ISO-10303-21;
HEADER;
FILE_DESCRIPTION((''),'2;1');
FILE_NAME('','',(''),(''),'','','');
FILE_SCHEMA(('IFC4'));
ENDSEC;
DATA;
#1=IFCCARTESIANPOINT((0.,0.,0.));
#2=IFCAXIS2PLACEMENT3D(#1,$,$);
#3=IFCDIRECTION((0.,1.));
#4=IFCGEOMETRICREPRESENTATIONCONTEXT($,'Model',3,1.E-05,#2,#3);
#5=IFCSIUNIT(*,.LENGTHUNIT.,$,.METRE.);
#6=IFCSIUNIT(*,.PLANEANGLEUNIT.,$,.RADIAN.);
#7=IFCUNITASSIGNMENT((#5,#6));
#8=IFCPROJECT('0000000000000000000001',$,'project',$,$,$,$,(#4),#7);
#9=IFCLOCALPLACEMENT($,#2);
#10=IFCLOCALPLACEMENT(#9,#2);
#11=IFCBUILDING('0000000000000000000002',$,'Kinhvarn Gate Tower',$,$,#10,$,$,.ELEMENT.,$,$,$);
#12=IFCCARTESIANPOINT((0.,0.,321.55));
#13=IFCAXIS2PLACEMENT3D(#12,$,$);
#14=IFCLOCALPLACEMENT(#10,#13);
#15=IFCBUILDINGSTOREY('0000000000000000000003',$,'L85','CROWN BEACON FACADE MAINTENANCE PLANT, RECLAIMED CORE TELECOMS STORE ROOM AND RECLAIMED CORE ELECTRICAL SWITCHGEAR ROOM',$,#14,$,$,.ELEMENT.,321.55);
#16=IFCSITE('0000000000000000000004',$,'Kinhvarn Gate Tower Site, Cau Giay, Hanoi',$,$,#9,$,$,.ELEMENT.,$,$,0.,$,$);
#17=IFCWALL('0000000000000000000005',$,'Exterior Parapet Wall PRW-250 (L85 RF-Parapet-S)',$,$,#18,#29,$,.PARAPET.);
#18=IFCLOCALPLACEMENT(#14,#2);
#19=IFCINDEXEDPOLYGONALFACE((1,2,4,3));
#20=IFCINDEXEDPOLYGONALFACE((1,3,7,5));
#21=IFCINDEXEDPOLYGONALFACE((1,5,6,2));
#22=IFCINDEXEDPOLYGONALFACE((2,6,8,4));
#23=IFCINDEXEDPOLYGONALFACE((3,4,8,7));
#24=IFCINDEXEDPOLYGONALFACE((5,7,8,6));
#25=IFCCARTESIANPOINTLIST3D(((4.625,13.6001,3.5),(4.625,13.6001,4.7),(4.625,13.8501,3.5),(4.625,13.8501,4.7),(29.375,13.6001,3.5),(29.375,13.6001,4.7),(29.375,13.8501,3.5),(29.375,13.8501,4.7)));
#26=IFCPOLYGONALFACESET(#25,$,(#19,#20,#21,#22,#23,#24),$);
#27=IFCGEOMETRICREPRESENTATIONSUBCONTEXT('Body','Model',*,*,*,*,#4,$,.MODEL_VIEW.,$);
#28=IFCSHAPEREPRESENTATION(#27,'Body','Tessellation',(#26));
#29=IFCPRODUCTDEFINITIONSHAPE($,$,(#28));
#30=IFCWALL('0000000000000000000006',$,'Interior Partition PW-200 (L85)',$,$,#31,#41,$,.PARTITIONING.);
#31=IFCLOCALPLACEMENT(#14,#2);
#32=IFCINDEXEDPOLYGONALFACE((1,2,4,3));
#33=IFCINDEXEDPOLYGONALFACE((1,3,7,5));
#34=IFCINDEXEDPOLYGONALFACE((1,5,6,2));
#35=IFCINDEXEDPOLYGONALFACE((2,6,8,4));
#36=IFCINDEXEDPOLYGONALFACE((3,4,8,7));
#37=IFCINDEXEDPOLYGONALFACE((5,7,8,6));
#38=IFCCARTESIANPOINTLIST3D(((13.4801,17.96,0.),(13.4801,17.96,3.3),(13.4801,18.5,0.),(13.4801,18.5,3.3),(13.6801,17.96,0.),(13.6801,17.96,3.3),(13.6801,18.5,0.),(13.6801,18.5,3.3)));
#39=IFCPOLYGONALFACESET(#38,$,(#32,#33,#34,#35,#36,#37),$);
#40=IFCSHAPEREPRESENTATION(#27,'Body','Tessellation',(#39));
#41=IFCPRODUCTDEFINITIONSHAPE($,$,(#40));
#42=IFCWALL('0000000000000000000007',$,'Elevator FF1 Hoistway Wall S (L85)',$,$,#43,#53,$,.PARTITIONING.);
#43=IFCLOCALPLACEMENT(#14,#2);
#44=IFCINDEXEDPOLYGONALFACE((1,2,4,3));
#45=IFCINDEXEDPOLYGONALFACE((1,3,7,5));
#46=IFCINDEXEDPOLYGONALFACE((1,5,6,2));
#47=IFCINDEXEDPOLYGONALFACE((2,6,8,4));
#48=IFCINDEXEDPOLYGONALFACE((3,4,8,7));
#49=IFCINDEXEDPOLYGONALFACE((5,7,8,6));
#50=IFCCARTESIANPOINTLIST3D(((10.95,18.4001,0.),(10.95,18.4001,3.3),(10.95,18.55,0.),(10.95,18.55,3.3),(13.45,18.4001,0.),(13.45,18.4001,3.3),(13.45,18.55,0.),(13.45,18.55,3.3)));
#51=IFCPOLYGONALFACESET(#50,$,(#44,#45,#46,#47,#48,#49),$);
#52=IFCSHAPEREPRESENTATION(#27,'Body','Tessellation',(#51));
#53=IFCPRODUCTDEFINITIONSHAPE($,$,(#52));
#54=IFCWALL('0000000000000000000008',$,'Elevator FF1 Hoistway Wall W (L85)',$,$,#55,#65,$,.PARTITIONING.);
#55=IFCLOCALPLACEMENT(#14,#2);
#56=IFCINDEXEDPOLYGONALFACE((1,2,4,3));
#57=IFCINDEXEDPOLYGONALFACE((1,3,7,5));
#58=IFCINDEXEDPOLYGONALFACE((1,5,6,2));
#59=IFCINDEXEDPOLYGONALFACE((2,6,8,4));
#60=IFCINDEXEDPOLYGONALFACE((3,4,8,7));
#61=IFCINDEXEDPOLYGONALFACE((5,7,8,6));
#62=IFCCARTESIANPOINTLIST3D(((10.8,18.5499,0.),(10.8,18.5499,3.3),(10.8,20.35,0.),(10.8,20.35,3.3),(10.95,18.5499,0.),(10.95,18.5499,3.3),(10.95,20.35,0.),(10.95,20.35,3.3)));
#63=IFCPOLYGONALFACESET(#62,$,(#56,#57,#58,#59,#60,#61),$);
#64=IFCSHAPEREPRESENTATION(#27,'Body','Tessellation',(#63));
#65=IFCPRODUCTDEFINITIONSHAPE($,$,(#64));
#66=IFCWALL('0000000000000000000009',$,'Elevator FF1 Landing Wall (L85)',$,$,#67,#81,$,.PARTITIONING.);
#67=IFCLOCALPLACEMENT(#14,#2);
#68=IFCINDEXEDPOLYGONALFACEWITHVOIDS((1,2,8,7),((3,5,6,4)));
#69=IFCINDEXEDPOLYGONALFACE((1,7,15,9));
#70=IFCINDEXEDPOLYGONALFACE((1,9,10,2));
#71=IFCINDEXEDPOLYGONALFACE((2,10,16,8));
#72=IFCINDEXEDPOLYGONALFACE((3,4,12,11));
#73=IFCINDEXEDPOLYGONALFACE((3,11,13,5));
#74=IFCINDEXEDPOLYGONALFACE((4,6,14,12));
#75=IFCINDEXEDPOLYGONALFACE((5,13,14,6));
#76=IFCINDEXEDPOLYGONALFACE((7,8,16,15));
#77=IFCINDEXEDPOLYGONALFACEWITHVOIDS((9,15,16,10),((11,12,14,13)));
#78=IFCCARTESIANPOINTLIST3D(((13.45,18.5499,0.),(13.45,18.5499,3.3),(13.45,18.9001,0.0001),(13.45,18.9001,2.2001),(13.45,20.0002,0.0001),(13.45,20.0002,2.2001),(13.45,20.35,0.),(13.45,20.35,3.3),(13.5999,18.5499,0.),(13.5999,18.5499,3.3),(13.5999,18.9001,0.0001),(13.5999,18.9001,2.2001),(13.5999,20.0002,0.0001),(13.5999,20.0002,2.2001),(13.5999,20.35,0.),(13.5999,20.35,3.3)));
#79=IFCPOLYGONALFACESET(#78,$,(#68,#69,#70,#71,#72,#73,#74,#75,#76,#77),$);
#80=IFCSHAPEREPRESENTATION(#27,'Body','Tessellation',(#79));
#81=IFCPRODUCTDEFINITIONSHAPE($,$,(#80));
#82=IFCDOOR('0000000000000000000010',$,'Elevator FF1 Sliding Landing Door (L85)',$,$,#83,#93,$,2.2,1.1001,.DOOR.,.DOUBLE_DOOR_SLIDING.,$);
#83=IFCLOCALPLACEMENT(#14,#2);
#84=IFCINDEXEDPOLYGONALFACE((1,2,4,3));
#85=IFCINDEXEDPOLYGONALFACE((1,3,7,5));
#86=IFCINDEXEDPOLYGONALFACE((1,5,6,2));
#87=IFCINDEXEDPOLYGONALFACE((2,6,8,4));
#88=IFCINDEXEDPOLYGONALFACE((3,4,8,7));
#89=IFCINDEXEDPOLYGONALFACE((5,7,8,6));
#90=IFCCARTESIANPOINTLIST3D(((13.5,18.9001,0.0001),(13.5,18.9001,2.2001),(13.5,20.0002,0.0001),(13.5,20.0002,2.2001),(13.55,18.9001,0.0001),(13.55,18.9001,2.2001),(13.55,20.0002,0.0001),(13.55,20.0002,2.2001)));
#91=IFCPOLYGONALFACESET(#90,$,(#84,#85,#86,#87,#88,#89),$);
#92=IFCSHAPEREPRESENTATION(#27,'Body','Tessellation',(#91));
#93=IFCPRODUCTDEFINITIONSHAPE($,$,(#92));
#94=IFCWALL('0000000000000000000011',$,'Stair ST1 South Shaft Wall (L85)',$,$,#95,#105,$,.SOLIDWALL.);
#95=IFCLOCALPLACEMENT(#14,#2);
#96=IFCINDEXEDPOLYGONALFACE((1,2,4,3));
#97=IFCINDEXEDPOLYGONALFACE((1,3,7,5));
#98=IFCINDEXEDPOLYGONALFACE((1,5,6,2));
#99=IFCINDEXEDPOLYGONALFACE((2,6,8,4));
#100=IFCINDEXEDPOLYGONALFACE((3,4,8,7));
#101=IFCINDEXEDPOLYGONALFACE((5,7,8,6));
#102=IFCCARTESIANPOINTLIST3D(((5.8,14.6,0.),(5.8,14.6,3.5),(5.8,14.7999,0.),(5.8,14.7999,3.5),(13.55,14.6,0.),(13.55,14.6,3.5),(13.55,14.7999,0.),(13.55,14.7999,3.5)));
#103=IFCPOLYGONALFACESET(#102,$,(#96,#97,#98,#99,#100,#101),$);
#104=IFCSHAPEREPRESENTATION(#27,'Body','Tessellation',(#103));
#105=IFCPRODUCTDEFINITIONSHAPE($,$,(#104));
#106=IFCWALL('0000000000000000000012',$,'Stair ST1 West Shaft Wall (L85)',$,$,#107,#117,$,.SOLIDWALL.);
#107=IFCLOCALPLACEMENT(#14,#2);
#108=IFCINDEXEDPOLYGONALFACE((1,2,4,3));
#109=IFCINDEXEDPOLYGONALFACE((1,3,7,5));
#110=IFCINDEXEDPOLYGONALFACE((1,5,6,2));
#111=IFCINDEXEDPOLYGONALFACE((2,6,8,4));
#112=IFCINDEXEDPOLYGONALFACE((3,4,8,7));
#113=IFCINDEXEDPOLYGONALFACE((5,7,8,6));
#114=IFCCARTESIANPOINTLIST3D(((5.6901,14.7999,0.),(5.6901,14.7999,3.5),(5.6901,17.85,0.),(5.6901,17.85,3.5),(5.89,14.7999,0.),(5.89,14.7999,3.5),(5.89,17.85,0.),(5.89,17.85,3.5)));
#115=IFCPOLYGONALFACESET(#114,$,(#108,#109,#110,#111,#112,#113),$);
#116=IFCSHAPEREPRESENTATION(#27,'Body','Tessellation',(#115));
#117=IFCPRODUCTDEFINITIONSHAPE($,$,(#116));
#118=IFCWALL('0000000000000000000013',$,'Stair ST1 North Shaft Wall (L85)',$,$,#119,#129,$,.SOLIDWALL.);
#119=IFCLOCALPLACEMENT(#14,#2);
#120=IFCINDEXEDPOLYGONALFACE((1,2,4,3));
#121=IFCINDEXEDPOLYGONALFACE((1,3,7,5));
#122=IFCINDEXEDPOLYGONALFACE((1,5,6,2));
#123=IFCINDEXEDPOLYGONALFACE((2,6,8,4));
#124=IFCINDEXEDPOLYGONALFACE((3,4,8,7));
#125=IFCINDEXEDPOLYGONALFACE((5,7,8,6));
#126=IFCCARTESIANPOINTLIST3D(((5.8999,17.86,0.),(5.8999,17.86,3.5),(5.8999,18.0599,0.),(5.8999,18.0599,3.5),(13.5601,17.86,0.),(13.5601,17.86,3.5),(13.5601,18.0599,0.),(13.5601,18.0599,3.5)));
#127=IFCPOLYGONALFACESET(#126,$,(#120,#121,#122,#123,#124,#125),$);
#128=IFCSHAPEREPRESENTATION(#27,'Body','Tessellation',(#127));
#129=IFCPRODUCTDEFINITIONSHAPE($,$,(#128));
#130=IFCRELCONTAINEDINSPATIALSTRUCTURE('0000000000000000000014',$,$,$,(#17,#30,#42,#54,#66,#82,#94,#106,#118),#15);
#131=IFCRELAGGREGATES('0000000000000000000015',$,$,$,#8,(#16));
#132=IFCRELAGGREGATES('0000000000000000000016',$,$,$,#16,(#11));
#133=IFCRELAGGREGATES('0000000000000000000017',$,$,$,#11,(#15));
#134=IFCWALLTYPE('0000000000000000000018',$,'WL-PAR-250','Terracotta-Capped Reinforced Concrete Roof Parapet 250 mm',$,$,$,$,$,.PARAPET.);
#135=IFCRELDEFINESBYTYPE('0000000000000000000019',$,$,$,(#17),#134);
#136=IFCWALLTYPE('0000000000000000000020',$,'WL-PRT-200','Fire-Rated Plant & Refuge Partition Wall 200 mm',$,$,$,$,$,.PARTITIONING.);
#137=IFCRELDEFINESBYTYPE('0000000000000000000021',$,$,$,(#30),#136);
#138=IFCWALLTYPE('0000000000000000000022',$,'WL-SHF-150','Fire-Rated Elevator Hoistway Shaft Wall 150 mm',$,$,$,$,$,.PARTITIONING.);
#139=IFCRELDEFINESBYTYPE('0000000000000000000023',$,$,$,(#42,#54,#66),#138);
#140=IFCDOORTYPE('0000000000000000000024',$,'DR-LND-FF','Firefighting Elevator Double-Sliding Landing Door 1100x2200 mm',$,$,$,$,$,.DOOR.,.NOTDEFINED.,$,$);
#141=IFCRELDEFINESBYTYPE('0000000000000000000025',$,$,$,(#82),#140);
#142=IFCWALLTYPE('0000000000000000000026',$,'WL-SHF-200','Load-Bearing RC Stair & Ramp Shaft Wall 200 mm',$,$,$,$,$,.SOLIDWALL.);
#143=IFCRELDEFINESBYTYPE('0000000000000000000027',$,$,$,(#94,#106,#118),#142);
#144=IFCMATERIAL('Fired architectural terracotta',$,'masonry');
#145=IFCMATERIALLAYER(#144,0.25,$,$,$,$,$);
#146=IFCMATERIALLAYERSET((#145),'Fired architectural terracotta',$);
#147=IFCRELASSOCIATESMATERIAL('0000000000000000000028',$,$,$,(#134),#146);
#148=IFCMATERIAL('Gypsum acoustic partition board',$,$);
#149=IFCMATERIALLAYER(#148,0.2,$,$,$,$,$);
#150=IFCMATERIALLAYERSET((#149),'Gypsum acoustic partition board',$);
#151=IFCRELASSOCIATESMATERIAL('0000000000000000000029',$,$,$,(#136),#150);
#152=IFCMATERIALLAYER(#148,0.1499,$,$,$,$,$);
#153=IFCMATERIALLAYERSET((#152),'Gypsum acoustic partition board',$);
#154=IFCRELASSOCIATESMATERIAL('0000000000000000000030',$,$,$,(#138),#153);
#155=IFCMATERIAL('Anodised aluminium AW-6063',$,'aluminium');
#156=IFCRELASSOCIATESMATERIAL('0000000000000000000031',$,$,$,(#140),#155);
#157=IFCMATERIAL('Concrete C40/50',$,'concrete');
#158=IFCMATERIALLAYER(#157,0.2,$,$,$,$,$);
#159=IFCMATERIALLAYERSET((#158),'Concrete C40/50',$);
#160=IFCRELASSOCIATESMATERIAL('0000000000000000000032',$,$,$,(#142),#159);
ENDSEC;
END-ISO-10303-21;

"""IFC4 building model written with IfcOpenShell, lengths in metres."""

from ifc_helpers import new_model, si_unit, direction, frame, frame_2d, origin, place, context, subcontext, project, spatial, rectangle, extrude, material, layer, layer_set, type_object, element, fill, save


model = new_model("IFC4")

# Units and contexts
model_context = context("Model", 3, precision=1e-05, world=origin(), true_north=direction((0.0, 1.0)))
body_context = subcontext(model_context, "Body", "Model", "MODEL_VIEW")
ifc_project = project(units=[si_unit("LENGTHUNIT", "METRE"), si_unit("PLANEANGLEUNIT", "RADIAN")], contexts=[model_context])

# Site, building, storey
site_placement = place(None, origin())
site = spatial("IfcSite", under=ifc_project, at=site_placement, Name="Kinhvarn Gate Tower Site, Cau Giay, Hanoi", CompositionType="ELEMENT", RefElevation=0.0)
building_placement = place(site_placement, origin())
building = spatial("IfcBuilding", under=site, at=building_placement, Name="Kinhvarn Gate Tower", CompositionType="ELEMENT")
storey_placement = place(building_placement, frame((0.0, 0.0, 321.55)))
storey = spatial("IfcBuildingStorey", under=building, at=storey_placement, Name="L85", Description="CROWN BEACON FACADE MAINTENANCE PLANT, RECLAIMED CORE TELECOMS STORE ROOM AND RECLAIMED CORE ELECTRICAL SWITCHGEAR ROOM", CompositionType="ELEMENT", Elevation=321.55)

# Shared definitions
ifc_material_1 = material(Name="Anodised aluminium AW-6063", Category="aluminium")

# Walls
ifc_material_2 = material(Name="Fired architectural terracotta", Category="masonry")
ifc_layer_1 = layer(ifc_material_2, 0.25)
ifc_layer_set_1 = layer_set([ifc_layer_1], Name="Fired architectural terracotta")
wall_type_1 = type_object("IfcWallType", Name="WL-PAR-250", Description="Terracotta-Capped Reinforced Concrete Roof Parapet 250 mm", PredefinedType="PARAPET", material=ifc_layer_set_1)
wall_1_placement = place(storey_placement, frame((4.625, 13.7251, 3.5), z_axis=(0.0, 0.0, 1.0), x_axis=(1.0, 0.0, 0.0)))
element("IfcWall", 1, at=wall_1_placement, inside=storey, type_object=wall_type_1, Name="Exterior Parapet Wall PRW-250 (L85 RF-Parapet-S)", PredefinedType="PARAPET", context=body_context, shape_type="SweptSolid", body=[
    extrude(rectangle(XDim=24.75, YDim=0.25, at=frame_2d((12.375, 0.0))), origin(), (0.0, 0.0, 1.0), 1.2),
])
ifc_material_3 = material(Name="Gypsum acoustic partition board")
ifc_layer_2 = layer(ifc_material_3, 0.2)
ifc_layer_set_2 = layer_set([ifc_layer_2], Name="Gypsum acoustic partition board")
wall_type_2 = type_object("IfcWallType", Name="WL-PRT-200", Description="Fire-Rated Plant & Refuge Partition Wall 200 mm", PredefinedType="PARTITIONING", material=ifc_layer_set_2)
wall_2_placement = place(storey_placement, frame((13.5801, 17.96, 0.0), z_axis=(0.0, 0.0, 1.0), x_axis=(0.0, 1.0, 0.0)))
element("IfcWall", 2, at=wall_2_placement, inside=storey, type_object=wall_type_2, Name="Interior Partition PW-200 (L85)", PredefinedType="PARTITIONING", context=body_context, shape_type="SweptSolid", body=[
    extrude(rectangle(XDim=0.54, YDim=0.2, at=frame_2d((0.27, 0.0))), origin(), (0.0, 0.0, 1.0), 3.3),
])
ifc_layer_3 = layer(ifc_material_3, 0.1499)
ifc_layer_set_3 = layer_set([ifc_layer_3], Name="Gypsum acoustic partition board")
wall_type_3 = type_object("IfcWallType", Name="WL-SHF-150", Description="Fire-Rated Elevator Hoistway Shaft Wall 150 mm", PredefinedType="PARTITIONING", material=ifc_layer_set_3)
wall_3_placement = place(storey_placement, frame((10.95, 18.4751, 0.0), z_axis=(0.0, 0.0, 1.0), x_axis=(1.0, 0.0, 0.0)))
element("IfcWall", 3, at=wall_3_placement, inside=storey, type_object=wall_type_3, Name="Elevator FF1 Hoistway Wall S (L85)", PredefinedType="PARTITIONING", context=body_context, shape_type="SweptSolid", body=[
    extrude(rectangle(XDim=2.5, YDim=0.1499, at=frame_2d((1.25, 0.0))), origin(), (0.0, 0.0, 1.0), 3.3),
])
wall_4_placement = place(storey_placement, frame((10.875, 18.55, 0.0), z_axis=(0.0, 0.0, 1.0), x_axis=(0.0, 1.0, 0.0)))
element("IfcWall", 4, at=wall_4_placement, inside=storey, type_object=wall_type_3, Name="Elevator FF1 Hoistway Wall W (L85)", PredefinedType="PARTITIONING", context=body_context, shape_type="SweptSolid", body=[
    extrude(rectangle(XDim=1.8, YDim=0.1499, at=frame_2d((0.8999, 0.0))), origin(), (0.0, 0.0, 1.0), 3.3),
])

# Wall, opening, door
wall_5_placement = place(storey_placement, frame((13.5249, 18.55, 0.0), z_axis=(0.0, 0.0, 1.0), x_axis=(0.0, 1.0, 0.0)))
wall_5 = element("IfcWall", 5, at=wall_5_placement, inside=storey, type_object=wall_type_3, Name="Elevator FF1 Landing Wall (L85)", PredefinedType="PARTITIONING", context=body_context, shape_type="SweptSolid", body=[
    extrude(rectangle(XDim=1.8, YDim=0.1499, at=frame_2d((0.8999, 0.0))), origin(), (0.0, 0.0, 1.0), 3.3),
])
opening_1_placement = place(wall_5_placement, frame((0.3501, 0.0, 0.0)))
opening_1 = element("IfcOpeningElement", 6, at=opening_1_placement, cuts=wall_5, PredefinedType="OPENING", context=body_context, shape_type="SweptSolid", body=[
    extrude(rectangle(XDim=1.1001, YDim=2.2, at=frame_2d((0.55, 1.1001))), frame((0.0, 0.085, 0.0), z_axis=(0.0, -1.0, 0.0), x_axis=(1.0, 0.0, 0.0)), (0.0, 0.0, 1.0), 0.1699),
])
door_type_1 = type_object("IfcDoorType", Name="DR-LND-FF", Description="Firefighting Elevator Double-Sliding Landing Door 1100x2200 mm", OperationType="NOTDEFINED", PredefinedType="DOOR", material=ifc_material_1)
door_1_placement = place(opening_1_placement, origin())
door_1 = element("IfcDoor", 7, at=door_1_placement, inside=storey, type_object=door_type_1, Name="Elevator FF1 Sliding Landing Door (L85)", OperationType="DOUBLE_DOOR_SLIDING", OverallHeight=2.2, OverallWidth=1.1001, PredefinedType="DOOR", context=body_context, shape_type="SweptSolid", body=[
    extrude(rectangle(XDim=1.1001, YDim=2.2, at=frame_2d((0.55, 1.1001))), frame((0.0, 0.0249, 0.0), z_axis=(0.0, -1.0, 0.0), x_axis=(1.0, 0.0, 0.0)), (0.0, 0.0, 1.0), 0.05),
])
fill(opening_1, door_1)

# Walls
ifc_material_4 = material(Name="Concrete C40/50", Category="concrete")
ifc_layer_4 = layer(ifc_material_4, 0.2)
ifc_layer_set_4 = layer_set([ifc_layer_4], Name="Concrete C40/50")
wall_type_4 = type_object("IfcWallType", Name="WL-SHF-200", Description="Load-Bearing RC Stair & Ramp Shaft Wall 200 mm", PredefinedType="SOLIDWALL", material=ifc_layer_set_4)
wall_6_placement = place(storey_placement, frame((5.8, 14.7, 0.0), z_axis=(0.0, 0.0, 1.0), x_axis=(1.0, 0.0, 0.0)))
element("IfcWall", 8, at=wall_6_placement, inside=storey, type_object=wall_type_4, Name="Stair ST1 South Shaft Wall (L85)", PredefinedType="SOLIDWALL", context=body_context, shape_type="SweptSolid", body=[
    extrude(rectangle(XDim=7.75, YDim=0.2, at=frame_2d((3.875, 0.0))), origin(), (0.0, 0.0, 1.0), 3.5),
])
wall_7_placement = place(storey_placement, frame((5.79, 14.8, 0.0), z_axis=(0.0, 0.0, 1.0), x_axis=(0.0, 1.0, 0.0)))
element("IfcWall", 9, at=wall_7_placement, inside=storey, type_object=wall_type_4, Name="Stair ST1 West Shaft Wall (L85)", PredefinedType="SOLIDWALL", context=body_context, shape_type="SweptSolid", body=[
    extrude(rectangle(XDim=3.05, YDim=0.2, at=frame_2d((1.5249, 0.0))), origin(), (0.0, 0.0, 1.0), 3.5),
])
wall_8_placement = place(storey_placement, frame((5.8999, 17.96, 0.0), z_axis=(0.0, 0.0, 1.0), x_axis=(1.0, 0.0, 0.0)))
element("IfcWall", 10, at=wall_8_placement, inside=storey, type_object=wall_type_4, Name="Stair ST1 North Shaft Wall (L85)", PredefinedType="SOLIDWALL", context=body_context, shape_type="SweptSolid", body=[
    extrude(rectangle(XDim=7.6602, YDim=0.2, at=frame_2d((3.8301, 0.0))), origin(), (0.0, 0.0, 1.0), 3.5),
])

save(model, "model.ifc")
